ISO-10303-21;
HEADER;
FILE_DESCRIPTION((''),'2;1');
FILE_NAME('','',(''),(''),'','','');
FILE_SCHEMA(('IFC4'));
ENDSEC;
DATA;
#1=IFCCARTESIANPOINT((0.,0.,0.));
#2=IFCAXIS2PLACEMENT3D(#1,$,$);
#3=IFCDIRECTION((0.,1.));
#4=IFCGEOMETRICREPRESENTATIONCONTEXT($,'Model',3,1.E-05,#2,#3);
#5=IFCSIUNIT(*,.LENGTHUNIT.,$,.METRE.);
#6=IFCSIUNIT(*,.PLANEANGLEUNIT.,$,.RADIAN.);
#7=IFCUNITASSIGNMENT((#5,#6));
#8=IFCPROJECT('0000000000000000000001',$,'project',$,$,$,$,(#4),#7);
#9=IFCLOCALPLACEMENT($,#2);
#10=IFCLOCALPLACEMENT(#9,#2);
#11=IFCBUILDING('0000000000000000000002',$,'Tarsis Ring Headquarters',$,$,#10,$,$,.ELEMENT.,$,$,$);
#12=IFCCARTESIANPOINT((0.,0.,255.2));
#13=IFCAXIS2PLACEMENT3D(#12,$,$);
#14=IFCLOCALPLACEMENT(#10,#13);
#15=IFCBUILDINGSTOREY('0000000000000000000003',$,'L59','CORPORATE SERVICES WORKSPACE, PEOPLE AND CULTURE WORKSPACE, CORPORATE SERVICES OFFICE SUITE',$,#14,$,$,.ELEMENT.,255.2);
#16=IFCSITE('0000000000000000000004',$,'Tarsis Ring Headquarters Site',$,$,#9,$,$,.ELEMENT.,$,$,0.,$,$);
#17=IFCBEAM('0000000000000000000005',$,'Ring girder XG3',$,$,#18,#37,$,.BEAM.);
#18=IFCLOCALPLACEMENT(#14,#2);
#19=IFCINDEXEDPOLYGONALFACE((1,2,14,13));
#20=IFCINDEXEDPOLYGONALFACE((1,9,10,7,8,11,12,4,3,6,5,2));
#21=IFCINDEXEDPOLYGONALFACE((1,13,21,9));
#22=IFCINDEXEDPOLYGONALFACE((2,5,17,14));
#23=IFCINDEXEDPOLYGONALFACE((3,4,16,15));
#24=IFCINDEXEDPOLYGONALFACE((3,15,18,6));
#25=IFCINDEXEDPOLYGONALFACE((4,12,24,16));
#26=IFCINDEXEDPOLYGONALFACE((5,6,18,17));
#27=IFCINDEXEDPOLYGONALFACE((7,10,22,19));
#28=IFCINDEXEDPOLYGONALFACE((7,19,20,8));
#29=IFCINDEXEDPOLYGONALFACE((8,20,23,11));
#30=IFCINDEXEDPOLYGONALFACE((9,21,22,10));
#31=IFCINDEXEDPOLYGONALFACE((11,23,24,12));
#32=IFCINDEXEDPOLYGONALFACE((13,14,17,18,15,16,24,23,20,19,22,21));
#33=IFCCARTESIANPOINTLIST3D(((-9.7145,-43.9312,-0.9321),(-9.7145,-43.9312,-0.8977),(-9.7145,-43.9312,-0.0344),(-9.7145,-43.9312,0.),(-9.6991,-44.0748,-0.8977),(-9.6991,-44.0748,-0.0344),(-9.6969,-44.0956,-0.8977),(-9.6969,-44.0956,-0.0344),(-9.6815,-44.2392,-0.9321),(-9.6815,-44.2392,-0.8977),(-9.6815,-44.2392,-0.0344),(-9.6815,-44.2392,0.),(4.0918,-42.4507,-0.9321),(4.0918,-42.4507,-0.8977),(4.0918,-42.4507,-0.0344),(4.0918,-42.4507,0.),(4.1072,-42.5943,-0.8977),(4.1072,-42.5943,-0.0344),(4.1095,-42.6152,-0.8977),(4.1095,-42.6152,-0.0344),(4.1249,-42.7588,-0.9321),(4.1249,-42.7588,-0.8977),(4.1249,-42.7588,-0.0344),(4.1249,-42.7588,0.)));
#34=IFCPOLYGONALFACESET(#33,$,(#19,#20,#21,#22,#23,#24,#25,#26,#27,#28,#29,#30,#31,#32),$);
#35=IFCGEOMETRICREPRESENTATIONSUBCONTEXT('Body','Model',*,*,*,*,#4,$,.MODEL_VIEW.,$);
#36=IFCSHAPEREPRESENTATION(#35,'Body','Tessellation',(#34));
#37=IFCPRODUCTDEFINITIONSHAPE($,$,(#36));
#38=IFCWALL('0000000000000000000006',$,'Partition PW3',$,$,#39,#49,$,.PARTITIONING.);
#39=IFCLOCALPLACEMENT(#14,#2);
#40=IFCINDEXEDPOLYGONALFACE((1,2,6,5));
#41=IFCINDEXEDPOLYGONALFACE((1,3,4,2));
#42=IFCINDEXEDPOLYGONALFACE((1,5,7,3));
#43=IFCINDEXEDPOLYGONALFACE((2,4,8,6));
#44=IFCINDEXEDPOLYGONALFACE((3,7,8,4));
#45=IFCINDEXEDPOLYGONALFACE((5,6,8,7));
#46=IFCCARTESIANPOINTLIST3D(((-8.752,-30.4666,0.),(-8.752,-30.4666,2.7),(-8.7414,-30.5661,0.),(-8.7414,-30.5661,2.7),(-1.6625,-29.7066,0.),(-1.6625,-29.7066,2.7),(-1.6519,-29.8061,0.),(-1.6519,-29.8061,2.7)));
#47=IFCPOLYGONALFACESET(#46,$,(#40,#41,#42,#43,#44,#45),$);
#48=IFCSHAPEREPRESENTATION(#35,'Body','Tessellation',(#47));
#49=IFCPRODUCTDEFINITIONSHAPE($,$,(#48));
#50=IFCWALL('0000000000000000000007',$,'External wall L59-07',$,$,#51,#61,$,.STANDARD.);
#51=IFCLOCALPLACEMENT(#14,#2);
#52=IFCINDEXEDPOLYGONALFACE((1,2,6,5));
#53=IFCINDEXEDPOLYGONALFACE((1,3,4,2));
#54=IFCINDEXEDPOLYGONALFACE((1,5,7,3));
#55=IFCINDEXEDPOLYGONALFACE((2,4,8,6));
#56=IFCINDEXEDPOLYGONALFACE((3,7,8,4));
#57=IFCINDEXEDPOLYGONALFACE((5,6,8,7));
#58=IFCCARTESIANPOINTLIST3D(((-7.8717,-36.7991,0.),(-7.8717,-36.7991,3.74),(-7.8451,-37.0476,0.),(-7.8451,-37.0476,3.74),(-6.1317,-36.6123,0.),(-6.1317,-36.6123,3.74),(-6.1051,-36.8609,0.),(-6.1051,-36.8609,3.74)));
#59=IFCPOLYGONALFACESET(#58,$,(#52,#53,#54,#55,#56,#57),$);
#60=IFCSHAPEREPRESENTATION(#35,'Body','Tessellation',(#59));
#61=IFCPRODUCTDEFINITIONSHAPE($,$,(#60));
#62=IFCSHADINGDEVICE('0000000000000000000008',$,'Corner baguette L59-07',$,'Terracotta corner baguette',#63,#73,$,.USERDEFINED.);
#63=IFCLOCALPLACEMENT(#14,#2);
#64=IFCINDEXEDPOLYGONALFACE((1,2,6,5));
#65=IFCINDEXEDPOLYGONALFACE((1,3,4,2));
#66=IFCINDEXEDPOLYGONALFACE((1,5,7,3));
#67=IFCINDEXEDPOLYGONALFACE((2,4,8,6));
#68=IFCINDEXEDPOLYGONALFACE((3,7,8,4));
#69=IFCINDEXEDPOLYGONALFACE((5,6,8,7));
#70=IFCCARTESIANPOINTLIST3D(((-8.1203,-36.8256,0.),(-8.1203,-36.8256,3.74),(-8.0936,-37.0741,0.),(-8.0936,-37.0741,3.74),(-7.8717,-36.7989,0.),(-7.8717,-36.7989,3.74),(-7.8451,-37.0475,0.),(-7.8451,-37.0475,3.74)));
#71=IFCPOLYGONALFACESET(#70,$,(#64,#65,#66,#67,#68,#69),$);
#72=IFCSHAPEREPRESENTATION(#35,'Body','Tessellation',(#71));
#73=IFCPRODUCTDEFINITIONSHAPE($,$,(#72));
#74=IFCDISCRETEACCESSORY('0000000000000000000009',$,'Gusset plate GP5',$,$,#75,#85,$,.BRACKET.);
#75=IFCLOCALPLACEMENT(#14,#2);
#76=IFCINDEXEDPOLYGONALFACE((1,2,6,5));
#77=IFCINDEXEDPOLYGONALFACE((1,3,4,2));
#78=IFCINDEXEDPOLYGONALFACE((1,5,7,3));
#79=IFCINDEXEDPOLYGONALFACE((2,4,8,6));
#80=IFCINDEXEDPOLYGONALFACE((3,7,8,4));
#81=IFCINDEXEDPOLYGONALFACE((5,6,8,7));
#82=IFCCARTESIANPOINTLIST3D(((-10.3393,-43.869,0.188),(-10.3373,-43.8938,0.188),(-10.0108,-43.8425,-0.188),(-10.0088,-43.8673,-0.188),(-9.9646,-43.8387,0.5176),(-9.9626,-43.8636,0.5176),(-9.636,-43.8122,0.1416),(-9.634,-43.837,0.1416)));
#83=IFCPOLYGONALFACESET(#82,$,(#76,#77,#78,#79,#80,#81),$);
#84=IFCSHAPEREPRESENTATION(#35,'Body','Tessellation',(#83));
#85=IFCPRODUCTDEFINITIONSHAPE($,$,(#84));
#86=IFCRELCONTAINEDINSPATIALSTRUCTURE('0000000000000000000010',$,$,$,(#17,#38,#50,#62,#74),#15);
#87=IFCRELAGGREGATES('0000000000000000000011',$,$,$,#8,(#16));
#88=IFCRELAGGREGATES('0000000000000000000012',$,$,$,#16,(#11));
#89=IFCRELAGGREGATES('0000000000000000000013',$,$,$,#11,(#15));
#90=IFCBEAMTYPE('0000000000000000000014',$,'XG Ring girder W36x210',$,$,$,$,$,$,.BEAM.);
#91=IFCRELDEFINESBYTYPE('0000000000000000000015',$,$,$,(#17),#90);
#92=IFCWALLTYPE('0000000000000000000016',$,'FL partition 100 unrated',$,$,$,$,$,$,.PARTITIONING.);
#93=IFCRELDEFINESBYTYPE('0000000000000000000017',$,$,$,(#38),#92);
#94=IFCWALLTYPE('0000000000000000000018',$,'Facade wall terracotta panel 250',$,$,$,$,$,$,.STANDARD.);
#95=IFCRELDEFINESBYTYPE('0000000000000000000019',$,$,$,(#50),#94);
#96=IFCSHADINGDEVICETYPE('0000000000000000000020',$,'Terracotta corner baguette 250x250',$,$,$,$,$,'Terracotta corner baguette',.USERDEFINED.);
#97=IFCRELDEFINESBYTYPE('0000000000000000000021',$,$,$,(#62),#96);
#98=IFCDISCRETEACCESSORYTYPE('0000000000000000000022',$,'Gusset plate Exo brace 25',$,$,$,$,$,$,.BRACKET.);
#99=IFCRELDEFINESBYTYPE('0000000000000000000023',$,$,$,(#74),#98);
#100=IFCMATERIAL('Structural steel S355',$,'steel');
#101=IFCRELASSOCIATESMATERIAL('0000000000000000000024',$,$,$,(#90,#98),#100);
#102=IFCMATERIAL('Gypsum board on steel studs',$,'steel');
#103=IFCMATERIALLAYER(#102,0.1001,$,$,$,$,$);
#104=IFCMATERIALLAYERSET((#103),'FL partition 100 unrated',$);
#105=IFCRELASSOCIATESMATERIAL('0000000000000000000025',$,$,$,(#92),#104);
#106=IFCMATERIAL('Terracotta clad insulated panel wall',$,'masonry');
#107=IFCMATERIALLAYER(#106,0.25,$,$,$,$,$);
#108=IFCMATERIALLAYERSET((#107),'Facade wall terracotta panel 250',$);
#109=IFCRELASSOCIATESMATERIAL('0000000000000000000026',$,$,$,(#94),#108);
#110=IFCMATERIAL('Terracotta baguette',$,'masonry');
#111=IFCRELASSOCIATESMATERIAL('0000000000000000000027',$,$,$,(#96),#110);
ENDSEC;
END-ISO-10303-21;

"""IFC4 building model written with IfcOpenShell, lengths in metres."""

from ifc_helpers import new_model, si_unit, direction, frame, frame_2d, origin, origin_2d, place, context, subcontext, project, spatial, rectangle, i_section, extrude, material, layer, layer_set, material_profile, profile_set, type_object, element, save


model = new_model("IFC4")

# Units and contexts
model_context = context("Model", 3, precision=1e-05, world=origin(), true_north=direction((0.0, 1.0)))
body_context = subcontext(model_context, "Body", "Model", "MODEL_VIEW")
ifc_project = project(units=[si_unit("LENGTHUNIT", "METRE"), si_unit("PLANEANGLEUNIT", "RADIAN")], contexts=[model_context])

# Site, building, storey
site_placement = place(None, origin())
site = spatial("IfcSite", under=ifc_project, at=site_placement, Name="Tarsis Ring Headquarters Site", CompositionType="ELEMENT", RefElevation=0.0)
building_placement = place(site_placement, origin())
building = spatial("IfcBuilding", under=site, at=building_placement, Name="Tarsis Ring Headquarters", CompositionType="ELEMENT")
storey_placement = place(building_placement, frame((0.0, 0.0, 255.2)))
storey = spatial("IfcBuildingStorey", under=building, at=storey_placement, Name="L59", Description="CORPORATE SERVICES WORKSPACE, PEOPLE AND CULTURE WORKSPACE, CORPORATE SERVICES OFFICE SUITE", CompositionType="ELEMENT", Elevation=255.2)

# Shared definitions
ifc_material_1 = material(Name="Structural steel S355", Category="steel")

# Beam
ifc_material_profile_1 = material_profile(ifc_material_1, i_section(OverallWidth=0.3098, OverallDepth=0.9321, WebThickness=0.021, FlangeThickness=0.0344, at=origin_2d()), Name="W36x210")
ifc_profile_set_1 = profile_set([ifc_material_profile_1], Name="Structural steel S355")
beam_type_1 = type_object("IfcBeamType", Name="XG Ring girder W36x210", PredefinedType="BEAM", material=ifc_profile_set_1)
beam_1_placement = place(storey_placement, frame((-9.698, -44.0852, -0.4661), z_axis=(0.9943, 0.106619, 0.0), x_axis=(-0.106619, 0.9943, 0.0)))
element("IfcBeam", 1, at=beam_1_placement, inside=storey, type_object=beam_type_1, Name="Ring girder XG3", PredefinedType="BEAM", context=body_context, shape_type="SweptSolid", body=[
    extrude(i_section(OverallWidth=0.3098, OverallDepth=0.9321, WebThickness=0.021, FlangeThickness=0.0344, at=origin_2d()), origin(), (0.0, 0.0, 1.0), 13.8855),
])

# Walls
ifc_material_2 = material(Name="Gypsum board on steel studs", Category="steel")
ifc_layer_1 = layer(ifc_material_2, 0.1001)
ifc_layer_set_1 = layer_set([ifc_layer_1], Name="FL partition 100 unrated")
wall_type_1 = type_object("IfcWallType", Name="FL partition 100 unrated", PredefinedType="PARTITIONING", material=ifc_layer_set_1)
wall_1_placement = place(storey_placement, frame((-8.7466, -30.5164, 0.0), z_axis=(0.0, 0.0, 1.0), x_axis=(0.994303, 0.10659, 0.0)))
element("IfcWall", 2, at=wall_1_placement, inside=storey, type_object=wall_type_1, Name="Partition PW3", PredefinedType="PARTITIONING", context=body_context, shape_type="SweptSolid", body=[
    extrude(rectangle(XDim=7.1301, YDim=0.1001, at=frame_2d((3.5649, 0.0))), origin(), (0.0, 0.0, 1.0), 2.7),
])
ifc_material_3 = material(Name="Terracotta clad insulated panel wall", Category="masonry")
ifc_layer_2 = layer(ifc_material_3, 0.25)
ifc_layer_set_2 = layer_set([ifc_layer_2], Name="Facade wall terracotta panel 250")
wall_type_2 = type_object("IfcWallType", Name="Facade wall terracotta panel 250", PredefinedType="STANDARD", material=ifc_layer_set_2)
wall_2_placement = place(storey_placement, frame((-7.8584, -36.9233, 0.0), z_axis=(0.0, 0.0, 1.0), x_axis=(0.994289, 0.106725, 0.0)))
element("IfcWall", 3, at=wall_2_placement, inside=storey, type_object=wall_type_2, Name="External wall L59-07", PredefinedType="STANDARD", context=body_context, shape_type="SweptSolid", body=[
    extrude(rectangle(XDim=1.75, YDim=0.25, at=frame_2d((0.875, 0.0))), origin(), (0.0, 0.0, 1.0), 3.74),
])

# Shading device
ifc_material_4 = material(Name="Terracotta baguette", Category="masonry")
shading_device_type_1 = type_object("IfcShadingDeviceType", Name="Terracotta corner baguette 250x250", ElementType="Terracotta corner baguette", PredefinedType="USERDEFINED", material=ifc_material_4)
shading_device_1_placement = place(storey_placement, frame((-7.9827, -36.9365, 0.0), z_axis=(0.0, 0.0, 1.0), x_axis=(0.106611, -0.994301, 0.0)))
element("IfcShadingDevice", 4, at=shading_device_1_placement, inside=storey, type_object=shading_device_type_1, Name="Corner baguette L59-07", ObjectType="Terracotta corner baguette", PredefinedType="USERDEFINED", context=body_context, shape_type="SweptSolid", body=[
    extrude(rectangle(XDim=0.25, YDim=0.25, at=origin_2d()), origin(), (0.0, 0.0, 1.0), 3.74),
])

# Discrete accessory
ifc_material_profile_2 = material_profile(ifc_material_1, rectangle(XDim=0.0249, YDim=0.5, at=origin_2d()), Name="PL 25x500")
ifc_profile_set_2 = profile_set([ifc_material_profile_2], Name="Structural steel S355")
discrete_accessory_type = type_object("IfcDiscreteAccessoryType", Name="Gusset plate Exo brace 25", PredefinedType="BRACKET", material=ifc_profile_set_2)
discrete_accessory_placement = place(storey_placement, frame((-10.1741, -43.8682, 0.0), z_axis=(0.74953, 0.060548, 0.659196), x_axis=(-0.080519, 0.996753, 0.0)))
element("IfcDiscreteAccessory", 5, at=discrete_accessory_placement, inside=storey, type_object=discrete_accessory_type, Name="Gusset plate GP5", PredefinedType="BRACKET", context=body_context, shape_type="SweptSolid", body=[
    extrude(rectangle(XDim=0.0249, YDim=0.5, at=origin_2d()), origin(), (0.0, 0.0, 1.0), 0.5),
])

save(model, "model.ifc")
